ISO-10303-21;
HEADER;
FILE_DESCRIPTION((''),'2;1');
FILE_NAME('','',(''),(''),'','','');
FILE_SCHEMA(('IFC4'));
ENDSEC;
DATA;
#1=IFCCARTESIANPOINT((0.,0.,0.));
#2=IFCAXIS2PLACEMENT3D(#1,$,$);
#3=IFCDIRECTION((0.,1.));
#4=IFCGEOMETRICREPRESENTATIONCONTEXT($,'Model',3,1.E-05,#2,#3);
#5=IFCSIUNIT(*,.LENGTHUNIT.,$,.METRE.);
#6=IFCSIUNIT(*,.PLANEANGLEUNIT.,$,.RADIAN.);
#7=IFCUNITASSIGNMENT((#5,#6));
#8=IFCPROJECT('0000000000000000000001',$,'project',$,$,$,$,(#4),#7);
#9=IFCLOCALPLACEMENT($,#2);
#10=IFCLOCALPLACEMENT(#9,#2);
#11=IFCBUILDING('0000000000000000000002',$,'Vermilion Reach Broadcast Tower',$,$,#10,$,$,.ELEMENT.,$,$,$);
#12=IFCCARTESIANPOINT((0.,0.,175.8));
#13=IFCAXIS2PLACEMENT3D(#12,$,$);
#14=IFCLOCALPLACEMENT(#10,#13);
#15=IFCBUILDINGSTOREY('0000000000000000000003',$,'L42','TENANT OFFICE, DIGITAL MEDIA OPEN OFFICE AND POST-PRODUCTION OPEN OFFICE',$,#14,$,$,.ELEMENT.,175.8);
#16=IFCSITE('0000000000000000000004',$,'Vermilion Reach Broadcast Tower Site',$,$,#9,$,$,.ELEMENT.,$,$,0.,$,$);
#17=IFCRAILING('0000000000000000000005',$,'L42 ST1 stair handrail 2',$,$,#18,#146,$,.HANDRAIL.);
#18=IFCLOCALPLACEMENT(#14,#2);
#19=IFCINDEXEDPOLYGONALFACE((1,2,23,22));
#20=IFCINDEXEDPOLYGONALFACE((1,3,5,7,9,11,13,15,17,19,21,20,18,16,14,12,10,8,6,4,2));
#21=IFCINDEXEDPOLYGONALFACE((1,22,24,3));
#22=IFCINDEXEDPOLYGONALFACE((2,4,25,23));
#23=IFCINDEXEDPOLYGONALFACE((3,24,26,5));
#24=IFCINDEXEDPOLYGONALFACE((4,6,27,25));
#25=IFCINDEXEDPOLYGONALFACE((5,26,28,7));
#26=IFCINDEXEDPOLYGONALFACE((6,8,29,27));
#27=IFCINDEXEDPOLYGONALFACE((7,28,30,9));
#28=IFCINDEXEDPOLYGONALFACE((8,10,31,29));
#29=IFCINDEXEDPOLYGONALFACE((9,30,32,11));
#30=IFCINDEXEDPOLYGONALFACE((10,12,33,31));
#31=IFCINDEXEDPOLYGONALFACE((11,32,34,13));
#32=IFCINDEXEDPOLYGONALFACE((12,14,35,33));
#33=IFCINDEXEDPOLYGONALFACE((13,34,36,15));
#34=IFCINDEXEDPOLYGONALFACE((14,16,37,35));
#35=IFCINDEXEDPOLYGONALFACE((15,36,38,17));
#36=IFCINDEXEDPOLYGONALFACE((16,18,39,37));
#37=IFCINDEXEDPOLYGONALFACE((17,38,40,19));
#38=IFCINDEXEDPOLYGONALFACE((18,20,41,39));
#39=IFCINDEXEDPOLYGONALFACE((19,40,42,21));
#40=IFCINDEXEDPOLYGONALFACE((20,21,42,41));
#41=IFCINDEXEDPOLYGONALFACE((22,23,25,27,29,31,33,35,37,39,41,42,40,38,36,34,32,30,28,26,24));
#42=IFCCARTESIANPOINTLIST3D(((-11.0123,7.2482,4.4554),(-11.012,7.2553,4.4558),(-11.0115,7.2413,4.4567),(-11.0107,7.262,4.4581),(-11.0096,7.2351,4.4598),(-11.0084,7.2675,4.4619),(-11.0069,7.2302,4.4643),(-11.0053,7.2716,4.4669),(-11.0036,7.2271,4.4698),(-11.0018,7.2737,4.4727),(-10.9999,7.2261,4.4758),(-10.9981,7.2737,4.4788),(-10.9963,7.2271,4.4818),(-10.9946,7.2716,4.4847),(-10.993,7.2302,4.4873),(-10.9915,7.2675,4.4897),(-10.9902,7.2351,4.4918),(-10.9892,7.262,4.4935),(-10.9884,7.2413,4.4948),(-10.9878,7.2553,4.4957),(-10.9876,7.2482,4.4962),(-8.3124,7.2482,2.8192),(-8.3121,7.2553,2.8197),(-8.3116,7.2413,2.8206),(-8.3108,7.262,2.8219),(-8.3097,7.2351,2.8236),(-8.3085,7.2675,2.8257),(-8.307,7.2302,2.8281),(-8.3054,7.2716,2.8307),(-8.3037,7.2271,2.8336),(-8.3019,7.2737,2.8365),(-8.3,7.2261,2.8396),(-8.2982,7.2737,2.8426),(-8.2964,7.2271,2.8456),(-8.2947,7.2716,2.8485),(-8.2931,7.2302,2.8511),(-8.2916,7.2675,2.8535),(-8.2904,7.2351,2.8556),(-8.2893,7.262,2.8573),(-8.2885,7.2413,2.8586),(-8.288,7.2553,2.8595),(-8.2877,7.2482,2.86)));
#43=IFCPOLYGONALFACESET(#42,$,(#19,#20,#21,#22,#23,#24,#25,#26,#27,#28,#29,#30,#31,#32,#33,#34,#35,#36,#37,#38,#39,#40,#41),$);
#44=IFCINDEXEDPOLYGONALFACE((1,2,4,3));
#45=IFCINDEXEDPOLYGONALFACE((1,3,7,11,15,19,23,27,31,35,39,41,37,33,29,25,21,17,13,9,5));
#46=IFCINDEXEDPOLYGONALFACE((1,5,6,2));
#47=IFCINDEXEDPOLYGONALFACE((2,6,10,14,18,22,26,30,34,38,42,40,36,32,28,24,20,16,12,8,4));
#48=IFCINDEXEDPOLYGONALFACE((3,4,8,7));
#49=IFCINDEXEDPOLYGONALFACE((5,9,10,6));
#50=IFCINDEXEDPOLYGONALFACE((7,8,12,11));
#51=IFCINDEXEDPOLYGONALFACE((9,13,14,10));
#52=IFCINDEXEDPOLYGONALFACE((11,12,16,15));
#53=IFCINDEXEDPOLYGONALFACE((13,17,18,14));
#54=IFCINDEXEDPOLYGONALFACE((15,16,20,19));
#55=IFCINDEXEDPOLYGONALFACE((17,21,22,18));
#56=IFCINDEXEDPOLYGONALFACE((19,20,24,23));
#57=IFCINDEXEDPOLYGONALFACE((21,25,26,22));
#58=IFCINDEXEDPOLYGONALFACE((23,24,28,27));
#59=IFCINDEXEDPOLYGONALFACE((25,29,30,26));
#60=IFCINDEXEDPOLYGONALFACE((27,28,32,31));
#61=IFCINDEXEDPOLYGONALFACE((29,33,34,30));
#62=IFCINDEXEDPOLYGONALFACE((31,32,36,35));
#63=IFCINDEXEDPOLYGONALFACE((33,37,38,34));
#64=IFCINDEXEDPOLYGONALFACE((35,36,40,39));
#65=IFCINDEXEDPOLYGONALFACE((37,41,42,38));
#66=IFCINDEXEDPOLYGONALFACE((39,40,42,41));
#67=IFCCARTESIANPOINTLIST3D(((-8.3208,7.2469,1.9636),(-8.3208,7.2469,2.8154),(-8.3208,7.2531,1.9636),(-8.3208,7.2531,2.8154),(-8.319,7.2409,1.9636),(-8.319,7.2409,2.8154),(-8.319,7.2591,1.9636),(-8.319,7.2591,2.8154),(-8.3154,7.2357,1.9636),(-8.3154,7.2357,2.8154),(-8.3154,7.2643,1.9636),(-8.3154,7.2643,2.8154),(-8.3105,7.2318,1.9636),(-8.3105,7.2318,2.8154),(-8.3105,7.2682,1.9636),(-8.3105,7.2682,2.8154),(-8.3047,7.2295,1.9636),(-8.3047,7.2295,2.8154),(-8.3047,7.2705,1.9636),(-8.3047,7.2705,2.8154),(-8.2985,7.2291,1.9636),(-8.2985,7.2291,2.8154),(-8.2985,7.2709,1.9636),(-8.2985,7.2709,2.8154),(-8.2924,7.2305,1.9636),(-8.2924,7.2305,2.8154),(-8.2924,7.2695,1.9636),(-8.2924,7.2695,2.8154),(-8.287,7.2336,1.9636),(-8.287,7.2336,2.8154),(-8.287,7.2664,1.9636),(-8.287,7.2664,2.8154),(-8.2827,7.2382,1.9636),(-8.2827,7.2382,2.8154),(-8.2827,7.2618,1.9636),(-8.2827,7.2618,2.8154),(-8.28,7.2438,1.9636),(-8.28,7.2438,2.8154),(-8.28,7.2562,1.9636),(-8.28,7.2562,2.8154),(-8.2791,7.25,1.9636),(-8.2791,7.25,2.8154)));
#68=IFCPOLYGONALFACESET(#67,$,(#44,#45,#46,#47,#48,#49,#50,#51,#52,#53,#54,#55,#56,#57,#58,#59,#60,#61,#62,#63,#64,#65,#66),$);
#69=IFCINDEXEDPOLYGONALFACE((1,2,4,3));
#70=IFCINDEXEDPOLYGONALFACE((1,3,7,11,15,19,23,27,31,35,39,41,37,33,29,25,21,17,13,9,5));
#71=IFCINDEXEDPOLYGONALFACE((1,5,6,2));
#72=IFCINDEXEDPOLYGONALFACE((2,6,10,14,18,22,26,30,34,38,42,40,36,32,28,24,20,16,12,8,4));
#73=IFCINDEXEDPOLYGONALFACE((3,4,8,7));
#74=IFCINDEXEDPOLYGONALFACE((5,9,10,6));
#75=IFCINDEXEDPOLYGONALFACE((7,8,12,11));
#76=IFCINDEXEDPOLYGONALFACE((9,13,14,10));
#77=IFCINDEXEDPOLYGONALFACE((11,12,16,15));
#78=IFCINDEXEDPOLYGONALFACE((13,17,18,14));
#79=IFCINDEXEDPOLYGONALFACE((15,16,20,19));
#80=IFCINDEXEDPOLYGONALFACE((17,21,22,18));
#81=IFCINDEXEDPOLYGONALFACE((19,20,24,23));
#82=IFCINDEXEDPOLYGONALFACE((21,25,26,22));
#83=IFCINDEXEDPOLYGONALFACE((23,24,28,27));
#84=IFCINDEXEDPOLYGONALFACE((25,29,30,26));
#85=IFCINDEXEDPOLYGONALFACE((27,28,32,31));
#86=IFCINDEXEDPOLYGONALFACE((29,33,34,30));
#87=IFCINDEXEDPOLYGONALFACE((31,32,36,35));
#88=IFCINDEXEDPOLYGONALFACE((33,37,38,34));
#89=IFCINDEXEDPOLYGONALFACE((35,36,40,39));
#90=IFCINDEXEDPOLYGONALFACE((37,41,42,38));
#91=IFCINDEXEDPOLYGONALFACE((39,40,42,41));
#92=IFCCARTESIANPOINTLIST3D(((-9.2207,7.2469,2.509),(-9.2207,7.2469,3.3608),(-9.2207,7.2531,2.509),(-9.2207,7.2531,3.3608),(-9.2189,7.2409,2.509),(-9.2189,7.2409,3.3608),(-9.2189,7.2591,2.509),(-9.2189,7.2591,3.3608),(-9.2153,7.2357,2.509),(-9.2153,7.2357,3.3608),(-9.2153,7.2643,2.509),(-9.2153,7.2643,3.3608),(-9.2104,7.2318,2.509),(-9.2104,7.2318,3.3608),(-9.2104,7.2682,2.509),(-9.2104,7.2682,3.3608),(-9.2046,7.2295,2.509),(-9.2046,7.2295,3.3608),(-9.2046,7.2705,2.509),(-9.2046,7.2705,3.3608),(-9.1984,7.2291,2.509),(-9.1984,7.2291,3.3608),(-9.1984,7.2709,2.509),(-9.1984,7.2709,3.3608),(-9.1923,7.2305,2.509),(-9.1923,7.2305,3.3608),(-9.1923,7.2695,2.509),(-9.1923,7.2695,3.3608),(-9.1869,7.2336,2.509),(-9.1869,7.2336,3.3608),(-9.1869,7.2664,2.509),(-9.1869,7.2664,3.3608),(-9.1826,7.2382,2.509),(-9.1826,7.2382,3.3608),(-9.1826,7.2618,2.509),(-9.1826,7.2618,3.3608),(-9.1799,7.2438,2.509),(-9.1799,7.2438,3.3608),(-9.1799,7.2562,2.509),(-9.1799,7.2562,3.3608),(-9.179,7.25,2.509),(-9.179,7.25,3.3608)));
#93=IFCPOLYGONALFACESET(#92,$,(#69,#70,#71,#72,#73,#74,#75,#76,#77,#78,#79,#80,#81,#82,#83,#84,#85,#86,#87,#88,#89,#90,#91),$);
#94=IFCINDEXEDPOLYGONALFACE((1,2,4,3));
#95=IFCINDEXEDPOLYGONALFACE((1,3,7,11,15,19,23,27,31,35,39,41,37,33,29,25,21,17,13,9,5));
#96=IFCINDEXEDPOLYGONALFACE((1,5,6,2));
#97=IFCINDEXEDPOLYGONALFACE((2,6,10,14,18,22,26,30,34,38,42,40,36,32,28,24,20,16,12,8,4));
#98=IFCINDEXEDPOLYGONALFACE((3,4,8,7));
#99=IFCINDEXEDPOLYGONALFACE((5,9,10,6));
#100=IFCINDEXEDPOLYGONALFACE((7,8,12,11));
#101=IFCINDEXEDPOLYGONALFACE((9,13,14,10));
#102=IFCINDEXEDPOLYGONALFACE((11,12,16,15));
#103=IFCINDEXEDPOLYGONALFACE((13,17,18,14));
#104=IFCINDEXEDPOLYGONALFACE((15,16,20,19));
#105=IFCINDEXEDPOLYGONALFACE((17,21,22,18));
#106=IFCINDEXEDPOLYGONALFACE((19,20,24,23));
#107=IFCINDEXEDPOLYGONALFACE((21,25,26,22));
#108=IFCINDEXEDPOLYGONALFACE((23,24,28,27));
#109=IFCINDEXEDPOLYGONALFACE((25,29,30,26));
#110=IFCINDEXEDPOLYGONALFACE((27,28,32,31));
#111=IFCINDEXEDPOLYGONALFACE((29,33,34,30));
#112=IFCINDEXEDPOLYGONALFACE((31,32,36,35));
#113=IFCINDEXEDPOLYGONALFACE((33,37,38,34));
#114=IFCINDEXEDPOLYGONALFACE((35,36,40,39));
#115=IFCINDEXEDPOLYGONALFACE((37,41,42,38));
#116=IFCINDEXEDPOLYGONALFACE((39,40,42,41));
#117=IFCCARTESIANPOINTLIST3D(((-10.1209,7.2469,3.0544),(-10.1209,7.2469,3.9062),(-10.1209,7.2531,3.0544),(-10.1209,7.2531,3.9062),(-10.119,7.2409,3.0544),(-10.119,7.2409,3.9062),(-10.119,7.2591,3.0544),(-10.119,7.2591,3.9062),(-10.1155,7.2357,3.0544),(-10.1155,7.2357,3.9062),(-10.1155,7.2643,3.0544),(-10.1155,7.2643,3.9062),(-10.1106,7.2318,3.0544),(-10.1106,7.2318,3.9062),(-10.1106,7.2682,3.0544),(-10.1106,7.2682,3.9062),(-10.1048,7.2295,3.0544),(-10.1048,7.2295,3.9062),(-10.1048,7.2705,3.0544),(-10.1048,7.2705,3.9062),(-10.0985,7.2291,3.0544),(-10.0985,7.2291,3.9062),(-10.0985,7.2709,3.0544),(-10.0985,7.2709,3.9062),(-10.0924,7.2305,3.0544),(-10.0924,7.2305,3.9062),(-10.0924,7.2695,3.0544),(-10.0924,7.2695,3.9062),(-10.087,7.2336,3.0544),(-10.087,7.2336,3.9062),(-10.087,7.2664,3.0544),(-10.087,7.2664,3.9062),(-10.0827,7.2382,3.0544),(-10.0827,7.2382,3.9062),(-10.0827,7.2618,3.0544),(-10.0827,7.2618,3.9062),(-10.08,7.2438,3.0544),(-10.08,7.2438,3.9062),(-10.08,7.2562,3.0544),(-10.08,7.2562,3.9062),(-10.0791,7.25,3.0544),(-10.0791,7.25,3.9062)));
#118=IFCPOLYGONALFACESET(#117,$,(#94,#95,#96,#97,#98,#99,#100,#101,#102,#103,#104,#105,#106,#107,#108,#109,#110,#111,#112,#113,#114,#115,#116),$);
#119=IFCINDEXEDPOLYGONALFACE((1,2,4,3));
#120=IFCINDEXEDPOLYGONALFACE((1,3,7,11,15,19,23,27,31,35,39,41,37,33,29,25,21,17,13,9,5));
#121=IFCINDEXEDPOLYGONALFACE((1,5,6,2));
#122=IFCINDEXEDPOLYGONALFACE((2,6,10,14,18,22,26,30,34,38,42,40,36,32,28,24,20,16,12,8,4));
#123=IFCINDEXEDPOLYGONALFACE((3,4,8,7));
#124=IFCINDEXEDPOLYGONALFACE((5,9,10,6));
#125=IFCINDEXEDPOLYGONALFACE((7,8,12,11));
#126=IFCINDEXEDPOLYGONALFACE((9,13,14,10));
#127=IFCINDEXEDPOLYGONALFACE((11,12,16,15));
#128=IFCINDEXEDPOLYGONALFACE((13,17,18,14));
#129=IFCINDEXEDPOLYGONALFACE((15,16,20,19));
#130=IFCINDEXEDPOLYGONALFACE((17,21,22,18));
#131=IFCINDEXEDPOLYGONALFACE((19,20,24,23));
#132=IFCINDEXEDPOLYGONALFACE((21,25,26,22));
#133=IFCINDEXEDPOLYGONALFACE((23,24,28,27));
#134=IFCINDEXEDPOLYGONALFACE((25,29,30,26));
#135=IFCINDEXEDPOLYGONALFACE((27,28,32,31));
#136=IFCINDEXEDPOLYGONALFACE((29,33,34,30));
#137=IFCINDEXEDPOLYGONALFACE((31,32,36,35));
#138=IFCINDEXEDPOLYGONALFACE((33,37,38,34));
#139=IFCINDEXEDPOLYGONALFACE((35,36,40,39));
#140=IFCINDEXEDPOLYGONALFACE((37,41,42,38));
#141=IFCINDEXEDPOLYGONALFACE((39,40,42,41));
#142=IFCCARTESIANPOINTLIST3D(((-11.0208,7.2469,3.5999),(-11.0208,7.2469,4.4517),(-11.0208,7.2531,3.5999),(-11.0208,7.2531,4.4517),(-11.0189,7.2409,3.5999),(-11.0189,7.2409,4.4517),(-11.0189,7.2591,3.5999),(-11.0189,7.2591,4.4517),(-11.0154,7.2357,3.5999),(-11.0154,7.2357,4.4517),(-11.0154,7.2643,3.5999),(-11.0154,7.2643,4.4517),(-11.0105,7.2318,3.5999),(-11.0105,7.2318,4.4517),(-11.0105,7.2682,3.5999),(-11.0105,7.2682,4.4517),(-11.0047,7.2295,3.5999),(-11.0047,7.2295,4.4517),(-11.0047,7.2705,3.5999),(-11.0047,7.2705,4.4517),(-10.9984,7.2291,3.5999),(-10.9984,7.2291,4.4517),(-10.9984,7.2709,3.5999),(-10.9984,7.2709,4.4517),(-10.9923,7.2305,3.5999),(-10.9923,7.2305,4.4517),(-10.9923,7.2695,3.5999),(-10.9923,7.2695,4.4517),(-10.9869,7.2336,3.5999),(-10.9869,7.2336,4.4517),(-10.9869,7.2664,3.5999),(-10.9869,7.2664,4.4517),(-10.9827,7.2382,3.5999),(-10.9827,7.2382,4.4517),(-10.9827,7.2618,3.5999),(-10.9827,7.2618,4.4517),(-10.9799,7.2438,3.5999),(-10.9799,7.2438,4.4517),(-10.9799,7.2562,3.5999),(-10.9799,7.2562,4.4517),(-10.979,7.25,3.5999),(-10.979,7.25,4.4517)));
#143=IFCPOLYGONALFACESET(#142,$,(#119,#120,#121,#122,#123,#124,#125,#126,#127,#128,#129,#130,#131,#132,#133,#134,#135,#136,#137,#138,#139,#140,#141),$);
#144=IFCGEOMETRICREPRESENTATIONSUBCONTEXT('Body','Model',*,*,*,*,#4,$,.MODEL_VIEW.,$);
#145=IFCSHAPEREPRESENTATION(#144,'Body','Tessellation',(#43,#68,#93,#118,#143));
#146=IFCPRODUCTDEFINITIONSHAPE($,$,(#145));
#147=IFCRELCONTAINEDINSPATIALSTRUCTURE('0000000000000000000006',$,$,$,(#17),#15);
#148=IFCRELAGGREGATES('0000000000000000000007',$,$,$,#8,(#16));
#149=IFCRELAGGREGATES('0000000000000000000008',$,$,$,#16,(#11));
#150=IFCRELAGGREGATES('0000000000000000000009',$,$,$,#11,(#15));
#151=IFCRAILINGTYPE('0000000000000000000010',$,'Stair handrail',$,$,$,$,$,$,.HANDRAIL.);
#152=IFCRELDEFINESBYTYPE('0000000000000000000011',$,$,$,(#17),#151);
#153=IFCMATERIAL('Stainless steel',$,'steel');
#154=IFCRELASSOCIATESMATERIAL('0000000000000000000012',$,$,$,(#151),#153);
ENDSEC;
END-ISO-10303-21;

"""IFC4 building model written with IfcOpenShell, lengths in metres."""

from ifc_helpers import new_model, si_unit, direction, frame, origin, origin_2d, place, context, subcontext, project, spatial, circle, extrude, material, type_object, element, save


model = new_model("IFC4")

# Units and contexts
model_context = context("Model", 3, precision=1e-05, world=origin(), true_north=direction((0.0, 1.0)))
body_context = subcontext(model_context, "Body", "Model", "MODEL_VIEW")
ifc_project = project(units=[si_unit("LENGTHUNIT", "METRE"), si_unit("PLANEANGLEUNIT", "RADIAN")], contexts=[model_context])

# Site, building, storey
site_placement = place(None, origin())
site = spatial("IfcSite", under=ifc_project, at=site_placement, Name="Vermilion Reach Broadcast Tower Site", CompositionType="ELEMENT", RefElevation=0.0)
building_placement = place(site_placement, origin())
building = spatial("IfcBuilding", under=site, at=building_placement, Name="Vermilion Reach Broadcast Tower", CompositionType="ELEMENT")
storey_placement = place(building_placement, frame((0.0, 0.0, 175.8)))
storey = spatial("IfcBuildingStorey", under=building, at=storey_placement, Name="L42", Description="TENANT OFFICE, DIGITAL MEDIA OPEN OFFICE AND POST-PRODUCTION OPEN OFFICE", CompositionType="ELEMENT", Elevation=175.8)

# Railing
ifc_material_1 = material(Name="Stainless steel", Category="steel")
railing_type_1 = type_object("IfcRailingType", Name="Stair handrail", PredefinedType="HANDRAIL", material=ifc_material_1)
railing_1_placement = place(storey_placement, frame((-8.3, 7.25, 1.9636)))
element("IfcRailing", 1, at=railing_1_placement, inside=storey, type_object=railing_type_1, Name="L42 ST1 stair handrail 2", PredefinedType="HANDRAIL", context=body_context, shape_type="SweptSolid", body=[
    extrude(circle(Radius=0.0239, at=origin_2d()), frame((0.0, 0.0, 0.876), z_axis=(-0.855212, 0.0, 0.518278), x_axis=(0.0, -1.0, 0.0)), (0.0, 0.0, 1.0), 3.157),
    extrude(circle(Radius=0.021, at=origin_2d()), origin(), (0.0, 0.0, 1.0), 0.8518),
    extrude(circle(Radius=0.021, at=origin_2d()), frame((-0.8999, 0.0, 0.5454)), (0.0, 0.0, 1.0), 0.8518),
    extrude(circle(Radius=0.021, at=origin_2d()), frame((-1.8, 0.0, 1.0908)), (0.0, 0.0, 1.0), 0.8518),
    extrude(circle(Radius=0.021, at=origin_2d()), frame((-2.7, 0.0, 1.6362)), (0.0, 0.0, 1.0), 0.8518),
])

save(model, "model.ifc")
